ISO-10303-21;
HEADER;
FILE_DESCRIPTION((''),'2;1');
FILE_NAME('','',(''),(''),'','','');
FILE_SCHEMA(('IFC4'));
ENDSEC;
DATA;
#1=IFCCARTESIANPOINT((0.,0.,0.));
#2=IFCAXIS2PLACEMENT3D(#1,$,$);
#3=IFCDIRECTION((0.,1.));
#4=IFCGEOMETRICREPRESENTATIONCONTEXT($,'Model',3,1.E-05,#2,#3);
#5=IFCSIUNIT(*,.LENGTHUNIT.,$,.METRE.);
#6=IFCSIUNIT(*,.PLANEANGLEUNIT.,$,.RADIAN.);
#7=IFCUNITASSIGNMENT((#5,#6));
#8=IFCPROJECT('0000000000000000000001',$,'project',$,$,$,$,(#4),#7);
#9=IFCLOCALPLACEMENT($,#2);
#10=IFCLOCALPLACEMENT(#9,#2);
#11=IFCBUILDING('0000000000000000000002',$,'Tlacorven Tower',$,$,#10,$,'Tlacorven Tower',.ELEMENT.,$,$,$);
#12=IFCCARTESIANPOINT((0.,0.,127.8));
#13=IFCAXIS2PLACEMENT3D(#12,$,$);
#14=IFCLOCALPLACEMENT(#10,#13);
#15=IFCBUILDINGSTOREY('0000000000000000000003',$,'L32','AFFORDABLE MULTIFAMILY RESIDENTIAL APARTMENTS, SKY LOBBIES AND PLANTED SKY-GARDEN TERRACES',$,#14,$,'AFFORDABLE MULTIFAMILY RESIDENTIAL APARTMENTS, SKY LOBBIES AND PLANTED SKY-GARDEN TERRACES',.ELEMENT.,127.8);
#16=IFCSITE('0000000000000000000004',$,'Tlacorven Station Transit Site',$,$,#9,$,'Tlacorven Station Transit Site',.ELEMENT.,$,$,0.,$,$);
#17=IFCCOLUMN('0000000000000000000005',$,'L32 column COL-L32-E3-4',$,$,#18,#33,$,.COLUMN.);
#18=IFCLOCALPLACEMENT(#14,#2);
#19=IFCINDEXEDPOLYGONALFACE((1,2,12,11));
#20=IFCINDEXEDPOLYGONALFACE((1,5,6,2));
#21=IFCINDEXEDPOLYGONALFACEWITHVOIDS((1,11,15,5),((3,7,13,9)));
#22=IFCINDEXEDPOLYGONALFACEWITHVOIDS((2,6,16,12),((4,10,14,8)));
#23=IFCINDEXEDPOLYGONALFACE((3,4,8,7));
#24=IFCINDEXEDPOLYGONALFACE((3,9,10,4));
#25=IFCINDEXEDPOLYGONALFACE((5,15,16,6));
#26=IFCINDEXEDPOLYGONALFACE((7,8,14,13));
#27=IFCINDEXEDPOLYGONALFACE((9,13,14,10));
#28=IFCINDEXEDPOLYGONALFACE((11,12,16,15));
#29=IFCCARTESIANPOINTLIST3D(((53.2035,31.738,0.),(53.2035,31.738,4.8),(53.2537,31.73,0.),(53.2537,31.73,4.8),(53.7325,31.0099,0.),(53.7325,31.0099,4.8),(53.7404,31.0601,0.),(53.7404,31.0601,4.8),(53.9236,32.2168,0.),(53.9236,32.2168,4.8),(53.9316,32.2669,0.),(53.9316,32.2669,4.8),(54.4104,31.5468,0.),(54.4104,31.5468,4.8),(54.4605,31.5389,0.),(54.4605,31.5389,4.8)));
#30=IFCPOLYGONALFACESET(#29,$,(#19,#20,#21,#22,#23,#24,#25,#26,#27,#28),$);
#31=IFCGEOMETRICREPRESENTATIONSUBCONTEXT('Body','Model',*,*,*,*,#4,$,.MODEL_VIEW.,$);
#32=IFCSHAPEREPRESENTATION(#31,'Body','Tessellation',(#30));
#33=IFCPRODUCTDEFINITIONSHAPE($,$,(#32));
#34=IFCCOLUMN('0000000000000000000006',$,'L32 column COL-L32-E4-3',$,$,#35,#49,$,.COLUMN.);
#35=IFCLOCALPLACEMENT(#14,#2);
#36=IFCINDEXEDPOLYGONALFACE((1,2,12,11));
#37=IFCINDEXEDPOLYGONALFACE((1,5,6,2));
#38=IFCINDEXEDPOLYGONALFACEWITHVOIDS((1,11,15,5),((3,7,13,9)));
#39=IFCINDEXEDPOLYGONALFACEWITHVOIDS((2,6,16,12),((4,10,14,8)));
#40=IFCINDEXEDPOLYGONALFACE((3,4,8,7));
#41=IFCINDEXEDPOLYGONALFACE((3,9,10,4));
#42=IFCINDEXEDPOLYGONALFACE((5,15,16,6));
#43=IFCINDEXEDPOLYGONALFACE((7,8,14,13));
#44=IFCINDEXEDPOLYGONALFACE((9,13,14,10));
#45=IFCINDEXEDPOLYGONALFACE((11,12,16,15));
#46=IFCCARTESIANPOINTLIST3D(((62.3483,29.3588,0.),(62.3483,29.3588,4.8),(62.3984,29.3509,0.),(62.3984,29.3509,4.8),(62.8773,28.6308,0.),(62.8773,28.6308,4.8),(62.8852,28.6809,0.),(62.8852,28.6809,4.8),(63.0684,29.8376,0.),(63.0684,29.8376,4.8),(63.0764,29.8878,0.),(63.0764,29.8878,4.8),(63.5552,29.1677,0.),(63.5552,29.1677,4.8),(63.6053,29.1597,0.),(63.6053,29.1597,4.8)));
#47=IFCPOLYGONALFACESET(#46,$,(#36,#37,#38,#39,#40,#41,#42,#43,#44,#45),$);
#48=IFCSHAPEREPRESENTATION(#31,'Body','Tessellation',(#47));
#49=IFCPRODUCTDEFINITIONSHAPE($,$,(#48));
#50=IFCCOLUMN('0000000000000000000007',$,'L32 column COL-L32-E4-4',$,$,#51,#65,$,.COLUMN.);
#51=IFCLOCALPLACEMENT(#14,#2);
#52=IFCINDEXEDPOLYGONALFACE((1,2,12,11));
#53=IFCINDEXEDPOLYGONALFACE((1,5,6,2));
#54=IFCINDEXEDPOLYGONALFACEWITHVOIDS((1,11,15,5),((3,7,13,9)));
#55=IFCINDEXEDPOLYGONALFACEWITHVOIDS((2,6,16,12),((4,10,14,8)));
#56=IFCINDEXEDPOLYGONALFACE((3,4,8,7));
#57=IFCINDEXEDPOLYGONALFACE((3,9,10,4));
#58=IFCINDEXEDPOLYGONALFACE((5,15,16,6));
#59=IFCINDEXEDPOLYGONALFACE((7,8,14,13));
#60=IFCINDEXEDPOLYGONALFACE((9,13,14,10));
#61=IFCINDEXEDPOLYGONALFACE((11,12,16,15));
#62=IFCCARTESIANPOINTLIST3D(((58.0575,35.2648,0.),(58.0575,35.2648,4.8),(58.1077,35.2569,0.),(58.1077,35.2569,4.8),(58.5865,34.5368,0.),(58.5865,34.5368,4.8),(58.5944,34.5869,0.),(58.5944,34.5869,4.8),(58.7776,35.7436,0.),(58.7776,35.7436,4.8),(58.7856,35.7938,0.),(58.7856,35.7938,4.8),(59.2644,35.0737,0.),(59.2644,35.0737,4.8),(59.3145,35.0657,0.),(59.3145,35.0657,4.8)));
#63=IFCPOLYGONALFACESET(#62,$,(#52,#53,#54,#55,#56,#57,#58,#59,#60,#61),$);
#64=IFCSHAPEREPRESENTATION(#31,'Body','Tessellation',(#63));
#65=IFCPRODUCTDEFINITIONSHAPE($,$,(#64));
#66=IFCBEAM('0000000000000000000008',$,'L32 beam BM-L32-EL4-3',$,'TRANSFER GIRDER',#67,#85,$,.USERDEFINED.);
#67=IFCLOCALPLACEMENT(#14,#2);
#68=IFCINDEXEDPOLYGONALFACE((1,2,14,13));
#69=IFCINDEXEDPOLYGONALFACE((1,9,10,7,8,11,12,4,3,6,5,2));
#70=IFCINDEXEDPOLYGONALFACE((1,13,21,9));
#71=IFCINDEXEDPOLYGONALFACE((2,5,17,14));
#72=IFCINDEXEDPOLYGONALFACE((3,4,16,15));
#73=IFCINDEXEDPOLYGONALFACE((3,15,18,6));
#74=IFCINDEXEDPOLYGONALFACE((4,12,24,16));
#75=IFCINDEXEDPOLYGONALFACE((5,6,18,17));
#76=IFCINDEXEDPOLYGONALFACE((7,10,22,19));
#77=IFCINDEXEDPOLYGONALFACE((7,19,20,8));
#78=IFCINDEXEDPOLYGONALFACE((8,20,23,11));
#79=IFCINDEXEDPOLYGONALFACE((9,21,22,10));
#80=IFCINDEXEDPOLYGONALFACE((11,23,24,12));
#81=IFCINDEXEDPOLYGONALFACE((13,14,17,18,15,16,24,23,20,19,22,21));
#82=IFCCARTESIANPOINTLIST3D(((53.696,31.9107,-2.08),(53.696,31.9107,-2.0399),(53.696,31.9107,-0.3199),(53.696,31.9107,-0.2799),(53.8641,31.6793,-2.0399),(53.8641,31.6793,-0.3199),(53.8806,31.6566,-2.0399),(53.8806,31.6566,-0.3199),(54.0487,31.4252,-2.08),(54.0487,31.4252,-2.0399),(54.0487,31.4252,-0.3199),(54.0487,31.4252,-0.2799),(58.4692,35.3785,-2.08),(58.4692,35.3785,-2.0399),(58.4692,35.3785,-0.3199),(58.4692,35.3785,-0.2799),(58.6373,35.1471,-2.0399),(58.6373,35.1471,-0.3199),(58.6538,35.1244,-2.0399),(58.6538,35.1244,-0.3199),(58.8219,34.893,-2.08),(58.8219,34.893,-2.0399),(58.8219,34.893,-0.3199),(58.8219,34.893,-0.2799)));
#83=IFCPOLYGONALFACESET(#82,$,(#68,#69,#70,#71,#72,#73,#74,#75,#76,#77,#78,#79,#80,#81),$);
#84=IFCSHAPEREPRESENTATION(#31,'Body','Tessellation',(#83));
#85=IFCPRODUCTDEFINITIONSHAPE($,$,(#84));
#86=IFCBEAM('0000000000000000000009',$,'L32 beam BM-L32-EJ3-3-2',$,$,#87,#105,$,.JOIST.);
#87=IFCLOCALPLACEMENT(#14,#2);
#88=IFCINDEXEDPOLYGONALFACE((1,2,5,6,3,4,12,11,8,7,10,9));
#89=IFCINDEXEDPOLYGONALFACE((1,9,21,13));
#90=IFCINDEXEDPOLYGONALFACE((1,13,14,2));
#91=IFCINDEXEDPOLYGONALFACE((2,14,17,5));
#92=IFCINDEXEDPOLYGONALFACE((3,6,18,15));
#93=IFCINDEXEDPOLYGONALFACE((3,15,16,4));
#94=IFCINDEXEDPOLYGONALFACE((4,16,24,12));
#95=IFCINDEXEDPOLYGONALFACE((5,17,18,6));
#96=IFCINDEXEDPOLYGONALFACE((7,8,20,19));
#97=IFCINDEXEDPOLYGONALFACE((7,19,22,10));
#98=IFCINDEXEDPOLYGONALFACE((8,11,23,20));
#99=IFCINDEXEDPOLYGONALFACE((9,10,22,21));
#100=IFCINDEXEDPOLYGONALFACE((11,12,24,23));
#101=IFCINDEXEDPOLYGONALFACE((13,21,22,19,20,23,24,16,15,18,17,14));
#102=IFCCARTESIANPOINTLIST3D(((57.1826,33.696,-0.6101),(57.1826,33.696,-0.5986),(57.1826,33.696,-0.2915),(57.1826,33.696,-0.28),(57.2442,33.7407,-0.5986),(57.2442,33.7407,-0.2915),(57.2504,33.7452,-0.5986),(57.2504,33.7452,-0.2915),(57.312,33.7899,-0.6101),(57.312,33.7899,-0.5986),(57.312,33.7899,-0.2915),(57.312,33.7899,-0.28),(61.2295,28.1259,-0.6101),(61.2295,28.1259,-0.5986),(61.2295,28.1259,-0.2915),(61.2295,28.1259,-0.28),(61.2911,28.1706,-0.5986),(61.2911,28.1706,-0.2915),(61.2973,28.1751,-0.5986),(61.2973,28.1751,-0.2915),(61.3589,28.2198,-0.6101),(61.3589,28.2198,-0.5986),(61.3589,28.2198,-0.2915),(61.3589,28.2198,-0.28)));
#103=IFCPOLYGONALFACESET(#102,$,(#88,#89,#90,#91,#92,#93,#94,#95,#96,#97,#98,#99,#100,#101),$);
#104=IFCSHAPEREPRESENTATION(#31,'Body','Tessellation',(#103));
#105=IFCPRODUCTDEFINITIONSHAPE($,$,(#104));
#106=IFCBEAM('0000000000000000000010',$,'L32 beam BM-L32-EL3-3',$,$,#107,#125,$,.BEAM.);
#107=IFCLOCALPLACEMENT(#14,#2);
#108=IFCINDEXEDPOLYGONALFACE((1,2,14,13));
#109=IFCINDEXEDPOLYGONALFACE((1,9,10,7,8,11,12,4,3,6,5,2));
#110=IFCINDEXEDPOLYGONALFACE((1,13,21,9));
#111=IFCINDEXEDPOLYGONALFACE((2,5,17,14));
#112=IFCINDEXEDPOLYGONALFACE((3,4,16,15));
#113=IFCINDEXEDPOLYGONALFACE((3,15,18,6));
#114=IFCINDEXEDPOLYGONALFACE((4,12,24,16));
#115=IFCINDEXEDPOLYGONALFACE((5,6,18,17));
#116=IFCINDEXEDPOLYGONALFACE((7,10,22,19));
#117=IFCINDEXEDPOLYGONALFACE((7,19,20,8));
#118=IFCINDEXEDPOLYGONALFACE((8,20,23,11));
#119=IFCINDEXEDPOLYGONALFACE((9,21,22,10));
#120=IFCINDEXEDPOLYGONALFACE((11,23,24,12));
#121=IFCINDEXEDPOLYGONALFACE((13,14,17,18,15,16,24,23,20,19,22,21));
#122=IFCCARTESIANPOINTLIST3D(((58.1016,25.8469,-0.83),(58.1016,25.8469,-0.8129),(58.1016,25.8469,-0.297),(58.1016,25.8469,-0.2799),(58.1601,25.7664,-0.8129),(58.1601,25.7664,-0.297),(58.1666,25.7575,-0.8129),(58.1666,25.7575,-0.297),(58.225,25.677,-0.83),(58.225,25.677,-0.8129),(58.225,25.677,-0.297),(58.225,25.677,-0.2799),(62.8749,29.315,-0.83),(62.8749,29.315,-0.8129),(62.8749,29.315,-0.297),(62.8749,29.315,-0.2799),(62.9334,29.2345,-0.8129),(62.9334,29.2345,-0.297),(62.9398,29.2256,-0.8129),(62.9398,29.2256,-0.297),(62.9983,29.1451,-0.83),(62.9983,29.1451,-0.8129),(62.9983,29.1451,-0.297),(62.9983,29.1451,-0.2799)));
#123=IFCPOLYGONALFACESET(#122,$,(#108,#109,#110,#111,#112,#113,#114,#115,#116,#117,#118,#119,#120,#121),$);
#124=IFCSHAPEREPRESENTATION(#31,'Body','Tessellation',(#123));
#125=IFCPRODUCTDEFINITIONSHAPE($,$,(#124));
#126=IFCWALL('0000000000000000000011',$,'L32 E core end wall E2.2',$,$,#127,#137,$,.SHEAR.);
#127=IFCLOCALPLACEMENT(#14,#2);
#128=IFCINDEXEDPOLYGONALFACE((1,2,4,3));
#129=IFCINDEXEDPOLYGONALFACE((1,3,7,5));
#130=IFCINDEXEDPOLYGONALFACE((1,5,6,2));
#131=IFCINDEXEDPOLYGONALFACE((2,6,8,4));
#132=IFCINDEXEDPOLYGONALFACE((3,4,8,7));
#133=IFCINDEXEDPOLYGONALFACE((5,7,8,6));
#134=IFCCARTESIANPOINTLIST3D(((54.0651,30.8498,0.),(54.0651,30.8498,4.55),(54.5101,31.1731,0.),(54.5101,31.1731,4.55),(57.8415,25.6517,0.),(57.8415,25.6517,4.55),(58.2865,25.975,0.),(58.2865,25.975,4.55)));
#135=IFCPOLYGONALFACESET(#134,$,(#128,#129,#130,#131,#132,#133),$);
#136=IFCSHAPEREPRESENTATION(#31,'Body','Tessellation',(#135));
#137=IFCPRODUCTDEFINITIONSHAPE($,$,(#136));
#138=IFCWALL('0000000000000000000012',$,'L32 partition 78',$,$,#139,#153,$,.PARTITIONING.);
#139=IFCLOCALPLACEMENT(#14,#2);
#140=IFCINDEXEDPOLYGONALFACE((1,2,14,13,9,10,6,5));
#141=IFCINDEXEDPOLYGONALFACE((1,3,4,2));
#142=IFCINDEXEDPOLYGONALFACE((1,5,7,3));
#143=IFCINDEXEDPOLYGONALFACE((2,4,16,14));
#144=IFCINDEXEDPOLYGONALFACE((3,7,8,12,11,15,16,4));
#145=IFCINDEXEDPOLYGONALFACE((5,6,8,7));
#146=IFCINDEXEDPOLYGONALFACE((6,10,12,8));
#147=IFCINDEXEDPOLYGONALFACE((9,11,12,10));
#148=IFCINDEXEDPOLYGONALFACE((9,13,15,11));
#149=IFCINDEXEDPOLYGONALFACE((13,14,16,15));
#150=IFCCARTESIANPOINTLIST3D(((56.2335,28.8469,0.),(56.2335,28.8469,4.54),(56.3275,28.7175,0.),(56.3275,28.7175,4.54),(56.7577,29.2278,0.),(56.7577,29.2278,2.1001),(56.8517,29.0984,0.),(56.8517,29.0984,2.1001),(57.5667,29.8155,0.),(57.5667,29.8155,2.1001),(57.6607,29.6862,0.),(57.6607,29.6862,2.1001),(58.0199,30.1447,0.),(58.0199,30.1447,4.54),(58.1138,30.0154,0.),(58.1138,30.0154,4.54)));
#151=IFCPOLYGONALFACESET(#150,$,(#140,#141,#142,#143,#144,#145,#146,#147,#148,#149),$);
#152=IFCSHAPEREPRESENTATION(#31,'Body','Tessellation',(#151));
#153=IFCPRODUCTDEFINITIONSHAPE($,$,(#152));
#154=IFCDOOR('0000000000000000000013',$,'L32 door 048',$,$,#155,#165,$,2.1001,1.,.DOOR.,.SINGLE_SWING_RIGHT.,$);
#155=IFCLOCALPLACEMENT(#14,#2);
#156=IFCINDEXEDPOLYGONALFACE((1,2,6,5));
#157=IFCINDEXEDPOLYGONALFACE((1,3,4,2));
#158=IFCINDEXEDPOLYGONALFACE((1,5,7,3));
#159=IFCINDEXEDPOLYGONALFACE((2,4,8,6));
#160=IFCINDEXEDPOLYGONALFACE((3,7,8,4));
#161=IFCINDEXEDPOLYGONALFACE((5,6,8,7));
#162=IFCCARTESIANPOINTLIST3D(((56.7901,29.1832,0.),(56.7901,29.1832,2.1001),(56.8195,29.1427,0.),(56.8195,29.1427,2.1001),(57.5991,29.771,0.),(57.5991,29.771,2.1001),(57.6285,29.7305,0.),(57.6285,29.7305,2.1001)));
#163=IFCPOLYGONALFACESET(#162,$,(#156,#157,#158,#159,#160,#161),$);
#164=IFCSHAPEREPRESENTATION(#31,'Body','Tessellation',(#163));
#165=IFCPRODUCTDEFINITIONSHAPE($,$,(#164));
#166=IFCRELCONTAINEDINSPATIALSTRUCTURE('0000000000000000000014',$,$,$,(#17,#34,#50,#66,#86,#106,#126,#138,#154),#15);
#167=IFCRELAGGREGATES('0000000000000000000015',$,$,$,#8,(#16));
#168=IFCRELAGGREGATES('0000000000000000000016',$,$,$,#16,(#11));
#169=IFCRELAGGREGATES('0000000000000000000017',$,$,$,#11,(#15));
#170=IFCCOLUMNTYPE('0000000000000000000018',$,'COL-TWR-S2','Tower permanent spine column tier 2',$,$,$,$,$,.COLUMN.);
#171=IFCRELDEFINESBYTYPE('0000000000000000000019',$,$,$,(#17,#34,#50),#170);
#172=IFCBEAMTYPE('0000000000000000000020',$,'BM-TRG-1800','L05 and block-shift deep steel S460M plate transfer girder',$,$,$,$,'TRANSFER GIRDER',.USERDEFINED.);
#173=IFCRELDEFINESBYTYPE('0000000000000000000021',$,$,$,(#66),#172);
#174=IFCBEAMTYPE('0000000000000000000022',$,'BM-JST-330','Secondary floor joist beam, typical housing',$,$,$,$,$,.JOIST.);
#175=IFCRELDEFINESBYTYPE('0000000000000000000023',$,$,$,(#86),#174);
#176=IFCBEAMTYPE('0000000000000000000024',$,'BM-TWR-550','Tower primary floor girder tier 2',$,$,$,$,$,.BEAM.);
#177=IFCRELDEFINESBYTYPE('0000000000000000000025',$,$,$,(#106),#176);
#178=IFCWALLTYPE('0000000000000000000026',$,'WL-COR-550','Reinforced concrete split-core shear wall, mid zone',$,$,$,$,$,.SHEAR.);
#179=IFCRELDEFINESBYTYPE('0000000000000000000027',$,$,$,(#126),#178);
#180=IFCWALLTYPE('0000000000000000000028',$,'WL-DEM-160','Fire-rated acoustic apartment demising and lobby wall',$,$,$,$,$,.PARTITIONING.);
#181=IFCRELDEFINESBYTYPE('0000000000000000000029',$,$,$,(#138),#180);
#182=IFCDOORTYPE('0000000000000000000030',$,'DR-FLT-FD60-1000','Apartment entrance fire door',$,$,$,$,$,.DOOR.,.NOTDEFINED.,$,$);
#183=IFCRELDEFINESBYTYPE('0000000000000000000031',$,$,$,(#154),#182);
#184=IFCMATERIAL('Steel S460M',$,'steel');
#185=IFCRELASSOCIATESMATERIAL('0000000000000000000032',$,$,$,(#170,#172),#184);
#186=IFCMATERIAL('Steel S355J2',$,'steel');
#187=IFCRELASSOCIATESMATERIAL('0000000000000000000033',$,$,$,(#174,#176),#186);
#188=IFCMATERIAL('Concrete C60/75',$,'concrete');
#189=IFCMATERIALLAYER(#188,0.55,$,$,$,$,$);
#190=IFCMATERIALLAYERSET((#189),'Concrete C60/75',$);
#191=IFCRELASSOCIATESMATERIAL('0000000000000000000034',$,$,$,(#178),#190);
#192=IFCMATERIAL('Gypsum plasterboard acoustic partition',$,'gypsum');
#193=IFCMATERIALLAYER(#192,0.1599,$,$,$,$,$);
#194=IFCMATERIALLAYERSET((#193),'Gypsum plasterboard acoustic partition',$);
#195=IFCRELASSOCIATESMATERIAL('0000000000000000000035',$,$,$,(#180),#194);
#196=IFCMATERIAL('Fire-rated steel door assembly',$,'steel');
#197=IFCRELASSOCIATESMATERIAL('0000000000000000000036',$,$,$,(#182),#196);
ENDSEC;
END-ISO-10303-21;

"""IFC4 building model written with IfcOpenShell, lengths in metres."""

from ifc_helpers import new_model, si_unit, direction, frame, frame_2d, origin, origin_2d, place, context, subcontext, project, spatial, rectangle, hollow_rectangle, i_section, extrude, source, transform, mapped, material, layer, layer_set, material_profile, profile_set, type_object, element, fill, save


model = new_model("IFC4")

# Units and contexts
model_context = context("Model", 3, precision=1e-05, world=origin(), true_north=direction((0.0, 1.0)))
body_context = subcontext(model_context, "Body", "Model", "MODEL_VIEW")
ifc_project = project(units=[si_unit("LENGTHUNIT", "METRE"), si_unit("PLANEANGLEUNIT", "RADIAN")], contexts=[model_context])

# Site, building, storey
site_placement = place(None, origin())
site = spatial("IfcSite", under=ifc_project, at=site_placement, Name="Tlacorven Station Transit Site", LongName="Tlacorven Station Transit Site", CompositionType="ELEMENT", RefElevation=0.0)
building_placement = place(site_placement, origin())
building = spatial("IfcBuilding", under=site, at=building_placement, Name="Tlacorven Tower", LongName="Tlacorven Tower", CompositionType="ELEMENT")
storey_placement = place(building_placement, frame((0.0, 0.0, 127.8)))
storey = spatial("IfcBuildingStorey", under=building, at=storey_placement, Name="L32", Description="AFFORDABLE MULTIFAMILY RESIDENTIAL APARTMENTS, SKY LOBBIES AND PLANTED SKY-GARDEN TERRACES", LongName="AFFORDABLE MULTIFAMILY RESIDENTIAL APARTMENTS, SKY LOBBIES AND PLANTED SKY-GARDEN TERRACES", CompositionType="ELEMENT", Elevation=127.8)

# Columns
ifc_material_1 = material(Name="Steel S460M", Category="steel")
ifc_material_profile_1 = material_profile(ifc_material_1, hollow_rectangle(XDim=0.8999, YDim=0.8999, WallThickness=0.0359, at=origin_2d()), Name="BOX 900X900X36")
ifc_profile_set_1 = profile_set([ifc_material_profile_1], Name="Steel S460M")
column_type = type_object("IfcColumnType", Name="COL-TWR-S2", Description="Tower permanent spine column tier 2", PredefinedType="COLUMN", material=ifc_profile_set_1)
shared_shape_1 = source(origin(), body_context, "Body", "SweptSolid", [
    extrude(hollow_rectangle(XDim=0.8999, YDim=0.8999, WallThickness=0.0359, at=origin_2d()), origin(), (0.0, 0.0, 1.0), 4.8),
])
for number, where, z_axis, x_axis, name in (
    (1, (53.832, 31.6384, 0.0), (0.0, 0.0, 1.0), (0.809017, 0.587785, 0.0), "L32 column COL-L32-E3-4"),
    (2, (62.9768, 29.2593, 0.0), (0.0, 0.0, 1.0), (0.809017, 0.587785, 0.0), "L32 column COL-L32-E4-3"),
    (3, (58.686, 35.1653, 0.0), (0.0, 0.0, 1.0), (0.809017, 0.587785, 0.0), "L32 column COL-L32-E4-4"),
):
    element("IfcColumn", number, at=place(storey_placement, frame(where, z_axis=z_axis, x_axis=x_axis)), inside=storey, type_object=column_type, Name=name, PredefinedType="COLUMN", context=body_context, shape_type="MappedRepresentation", body=[
        mapped(shared_shape_1, transform((0.0, 0.0, 0.0), scale=1.0)),
    ])

# Beams
ifc_material_profile_2 = material_profile(ifc_material_1, i_section(OverallWidth=0.6001, OverallDepth=1.8, WebThickness=0.0281, FlangeThickness=0.04, at=origin_2d()), Name="PG 1800X600X28X40")
ifc_profile_set_2 = profile_set([ifc_material_profile_2], Name="Steel S460M")
beam_type_1 = type_object("IfcBeamType", Name="BM-TRG-1800", Description="L05 and block-shift deep steel S460M plate transfer girder", ElementType="TRANSFER GIRDER", PredefinedType="USERDEFINED", material=ifc_profile_set_2)
shared_shape_2 = source(origin(), body_context, "Body", "SweptSolid", [
    extrude(i_section(OverallWidth=0.6001, OverallDepth=1.8, WebThickness=0.0281, FlangeThickness=0.04, at=origin_2d()), origin(), (0.0, 0.0, 1.0), 5.8999),
])
beam_1_placement = place(storey_placement, frame((53.8723, 31.668, -1.1799), z_axis=(0.809029, 0.587768, 0.0), x_axis=(-0.587768, 0.809029, 0.0)))
element("IfcBeam", 4, at=beam_1_placement, inside=storey, type_object=beam_type_1, Name="L32 beam BM-L32-EL4-3", ObjectType="TRANSFER GIRDER", PredefinedType="USERDEFINED", context=body_context, shape_type="MappedRepresentation", body=[
    mapped(shared_shape_2, transform((0.0, 0.0, 0.0), scale=1.0)),
])
ifc_material_2 = material(Name="Steel S355J2", Category="steel")
ifc_material_profile_3 = material_profile(ifc_material_2, i_section(OverallWidth=0.1599, OverallDepth=0.3301, WebThickness=0.0076, FlangeThickness=0.0115, at=origin_2d()), Name="IPE 330")
ifc_profile_set_3 = profile_set([ifc_material_profile_3], Name="Steel S355J2")
beam_type_2 = type_object("IfcBeamType", Name="BM-JST-330", Description="Secondary floor joist beam, typical housing", PredefinedType="JOIST", material=ifc_profile_set_3)
shared_shape_3 = source(origin(), body_context, "Body", "SweptSolid", [
    extrude(i_section(OverallWidth=0.1599, OverallDepth=0.3301, WebThickness=0.0076, FlangeThickness=0.0115, at=origin_2d()), origin(), (0.0, 0.0, 1.0), 6.885),
])
beam_2_placement = place(storey_placement, frame((61.2942, 28.1729, -0.4451), z_axis=(-0.587784, 0.809018, 0.0), x_axis=(-0.809018, -0.587784, 0.0)))
element("IfcBeam", 5, at=beam_2_placement, inside=storey, type_object=beam_type_2, Name="L32 beam BM-L32-EJ3-3-2", PredefinedType="JOIST", context=body_context, shape_type="MappedRepresentation", body=[
    mapped(shared_shape_3, transform((0.0, 0.0, 0.0), scale=1.0)),
])
ifc_material_profile_4 = material_profile(ifc_material_2, i_section(OverallWidth=0.21, OverallDepth=0.55, WebThickness=0.011, FlangeThickness=0.0171, at=origin_2d()), Name="IPE 550")
ifc_profile_set_4 = profile_set([ifc_material_profile_4], Name="Steel S355J2")
beam_type_3 = type_object("IfcBeamType", Name="BM-TWR-550", Description="Tower primary floor girder tier 2", PredefinedType="BEAM", material=ifc_profile_set_4)
shared_shape_4 = source(origin(), body_context, "Body", "SweptSolid", [
    extrude(i_section(OverallWidth=0.21, OverallDepth=0.55, WebThickness=0.011, FlangeThickness=0.0171, at=origin_2d()), origin(), (0.0, 0.0, 1.0), 5.9001),
])
beam_3_placement = place(storey_placement, frame((58.1633, 25.762, -0.5549), z_axis=(0.80901, 0.587795, 0.0), x_axis=(-0.587795, 0.80901, 0.0)))
element("IfcBeam", 6, at=beam_3_placement, inside=storey, type_object=beam_type_3, Name="L32 beam BM-L32-EL3-3", PredefinedType="BEAM", context=body_context, shape_type="MappedRepresentation", body=[
    mapped(shared_shape_4, transform((0.0, 0.0, 0.0), scale=1.0)),
])

# Wall
ifc_material_3 = material(Name="Concrete C60/75", Category="concrete")
ifc_layer_1 = layer(ifc_material_3, 0.55)
ifc_layer_set_1 = layer_set([ifc_layer_1], Name="Concrete C60/75")
wall_type_1 = type_object("IfcWallType", Name="WL-COR-550", Description="Reinforced concrete split-core shear wall, mid zone", PredefinedType="SHEAR", material=ifc_layer_set_1)
wall_1_placement = place(storey_placement, frame((58.064, 25.8135, 0.0), z_axis=(0.0, 0.0, 1.0), x_axis=(-0.587765, 0.809032, 0.0)))
element("IfcWall", 7, at=wall_1_placement, inside=storey, type_object=wall_type_1, Name="L32 E core end wall E2.2", PredefinedType="SHEAR", context=body_context, shape_type="SweptSolid", body=[
    extrude(rectangle(XDim=6.425, YDim=0.55, at=frame_2d((3.2124, 0.0))), origin(), (0.0, 0.0, 1.0), 4.55),
])

# Wall, opening, door
ifc_material_4 = material(Name="Gypsum plasterboard acoustic partition", Category="gypsum")
ifc_layer_2 = layer(ifc_material_4, 0.1599)
ifc_layer_set_2 = layer_set([ifc_layer_2], Name="Gypsum plasterboard acoustic partition")
wall_type_2 = type_object("IfcWallType", Name="WL-DEM-160", Description="Fire-rated acoustic apartment demising and lobby wall", PredefinedType="PARTITIONING", material=ifc_layer_set_2)
wall_2_placement = place(storey_placement, frame((56.2805, 28.7822, 0.0), z_axis=(0.0, 0.0, 1.0), x_axis=(0.809023, 0.587777, 0.0)))
wall_2 = element("IfcWall", 8, at=wall_2_placement, inside=storey, type_object=wall_type_2, Name="L32 partition 78", PredefinedType="PARTITIONING", context=body_context, shape_type="SweptSolid", body=[
    extrude(rectangle(XDim=2.208, YDim=0.1599, at=frame_2d((1.104, 0.0))), origin(), (0.0, 0.0, 1.0), 4.54),
])
opening_1_placement = place(wall_2_placement, frame((0.6479, 0.0, 0.0)))
opening_1 = element("IfcOpeningElement", 9, at=opening_1_placement, cuts=wall_2, PredefinedType="OPENING", context=body_context, shape_type="SweptSolid", body=[
    extrude(rectangle(XDim=1.0, YDim=2.1001, at=frame_2d((0.5, 1.05))), frame((0.0, 0.0898, 0.0), z_axis=(0.0, -1.0, 0.0), x_axis=(1.0, 0.0, 0.0)), (0.0, 0.0, 1.0), 0.1799),
])
ifc_material_5 = material(Name="Fire-rated steel door assembly", Category="steel")
door_type = type_object("IfcDoorType", Name="DR-FLT-FD60-1000", Description="Apartment entrance fire door", OperationType="NOTDEFINED", PredefinedType="DOOR", material=ifc_material_5)
shared_shape_5 = source(origin(), body_context, "Body", "SweptSolid", [
    extrude(rectangle(XDim=1.0, YDim=2.1001, at=frame_2d((0.5, 1.05))), frame((0.0, 0.0249, 0.0), z_axis=(0.0, -1.0, 0.0), x_axis=(1.0, 0.0, 0.0)), (0.0, 0.0, 1.0), 0.05),
])
door_1_placement = place(opening_1_placement, origin())
door_1 = element("IfcDoor", 10, at=door_1_placement, inside=storey, type_object=door_type, Name="L32 door 048", OperationType="SINGLE_SWING_RIGHT", OverallHeight=2.1001, OverallWidth=1.0, PredefinedType="DOOR", context=body_context, shape_type="MappedRepresentation", body=[
    mapped(shared_shape_5, transform((0.0, 0.0, 0.0), scale=1.0)),
])
fill(opening_1, door_1)

save(model, "model.ifc")
